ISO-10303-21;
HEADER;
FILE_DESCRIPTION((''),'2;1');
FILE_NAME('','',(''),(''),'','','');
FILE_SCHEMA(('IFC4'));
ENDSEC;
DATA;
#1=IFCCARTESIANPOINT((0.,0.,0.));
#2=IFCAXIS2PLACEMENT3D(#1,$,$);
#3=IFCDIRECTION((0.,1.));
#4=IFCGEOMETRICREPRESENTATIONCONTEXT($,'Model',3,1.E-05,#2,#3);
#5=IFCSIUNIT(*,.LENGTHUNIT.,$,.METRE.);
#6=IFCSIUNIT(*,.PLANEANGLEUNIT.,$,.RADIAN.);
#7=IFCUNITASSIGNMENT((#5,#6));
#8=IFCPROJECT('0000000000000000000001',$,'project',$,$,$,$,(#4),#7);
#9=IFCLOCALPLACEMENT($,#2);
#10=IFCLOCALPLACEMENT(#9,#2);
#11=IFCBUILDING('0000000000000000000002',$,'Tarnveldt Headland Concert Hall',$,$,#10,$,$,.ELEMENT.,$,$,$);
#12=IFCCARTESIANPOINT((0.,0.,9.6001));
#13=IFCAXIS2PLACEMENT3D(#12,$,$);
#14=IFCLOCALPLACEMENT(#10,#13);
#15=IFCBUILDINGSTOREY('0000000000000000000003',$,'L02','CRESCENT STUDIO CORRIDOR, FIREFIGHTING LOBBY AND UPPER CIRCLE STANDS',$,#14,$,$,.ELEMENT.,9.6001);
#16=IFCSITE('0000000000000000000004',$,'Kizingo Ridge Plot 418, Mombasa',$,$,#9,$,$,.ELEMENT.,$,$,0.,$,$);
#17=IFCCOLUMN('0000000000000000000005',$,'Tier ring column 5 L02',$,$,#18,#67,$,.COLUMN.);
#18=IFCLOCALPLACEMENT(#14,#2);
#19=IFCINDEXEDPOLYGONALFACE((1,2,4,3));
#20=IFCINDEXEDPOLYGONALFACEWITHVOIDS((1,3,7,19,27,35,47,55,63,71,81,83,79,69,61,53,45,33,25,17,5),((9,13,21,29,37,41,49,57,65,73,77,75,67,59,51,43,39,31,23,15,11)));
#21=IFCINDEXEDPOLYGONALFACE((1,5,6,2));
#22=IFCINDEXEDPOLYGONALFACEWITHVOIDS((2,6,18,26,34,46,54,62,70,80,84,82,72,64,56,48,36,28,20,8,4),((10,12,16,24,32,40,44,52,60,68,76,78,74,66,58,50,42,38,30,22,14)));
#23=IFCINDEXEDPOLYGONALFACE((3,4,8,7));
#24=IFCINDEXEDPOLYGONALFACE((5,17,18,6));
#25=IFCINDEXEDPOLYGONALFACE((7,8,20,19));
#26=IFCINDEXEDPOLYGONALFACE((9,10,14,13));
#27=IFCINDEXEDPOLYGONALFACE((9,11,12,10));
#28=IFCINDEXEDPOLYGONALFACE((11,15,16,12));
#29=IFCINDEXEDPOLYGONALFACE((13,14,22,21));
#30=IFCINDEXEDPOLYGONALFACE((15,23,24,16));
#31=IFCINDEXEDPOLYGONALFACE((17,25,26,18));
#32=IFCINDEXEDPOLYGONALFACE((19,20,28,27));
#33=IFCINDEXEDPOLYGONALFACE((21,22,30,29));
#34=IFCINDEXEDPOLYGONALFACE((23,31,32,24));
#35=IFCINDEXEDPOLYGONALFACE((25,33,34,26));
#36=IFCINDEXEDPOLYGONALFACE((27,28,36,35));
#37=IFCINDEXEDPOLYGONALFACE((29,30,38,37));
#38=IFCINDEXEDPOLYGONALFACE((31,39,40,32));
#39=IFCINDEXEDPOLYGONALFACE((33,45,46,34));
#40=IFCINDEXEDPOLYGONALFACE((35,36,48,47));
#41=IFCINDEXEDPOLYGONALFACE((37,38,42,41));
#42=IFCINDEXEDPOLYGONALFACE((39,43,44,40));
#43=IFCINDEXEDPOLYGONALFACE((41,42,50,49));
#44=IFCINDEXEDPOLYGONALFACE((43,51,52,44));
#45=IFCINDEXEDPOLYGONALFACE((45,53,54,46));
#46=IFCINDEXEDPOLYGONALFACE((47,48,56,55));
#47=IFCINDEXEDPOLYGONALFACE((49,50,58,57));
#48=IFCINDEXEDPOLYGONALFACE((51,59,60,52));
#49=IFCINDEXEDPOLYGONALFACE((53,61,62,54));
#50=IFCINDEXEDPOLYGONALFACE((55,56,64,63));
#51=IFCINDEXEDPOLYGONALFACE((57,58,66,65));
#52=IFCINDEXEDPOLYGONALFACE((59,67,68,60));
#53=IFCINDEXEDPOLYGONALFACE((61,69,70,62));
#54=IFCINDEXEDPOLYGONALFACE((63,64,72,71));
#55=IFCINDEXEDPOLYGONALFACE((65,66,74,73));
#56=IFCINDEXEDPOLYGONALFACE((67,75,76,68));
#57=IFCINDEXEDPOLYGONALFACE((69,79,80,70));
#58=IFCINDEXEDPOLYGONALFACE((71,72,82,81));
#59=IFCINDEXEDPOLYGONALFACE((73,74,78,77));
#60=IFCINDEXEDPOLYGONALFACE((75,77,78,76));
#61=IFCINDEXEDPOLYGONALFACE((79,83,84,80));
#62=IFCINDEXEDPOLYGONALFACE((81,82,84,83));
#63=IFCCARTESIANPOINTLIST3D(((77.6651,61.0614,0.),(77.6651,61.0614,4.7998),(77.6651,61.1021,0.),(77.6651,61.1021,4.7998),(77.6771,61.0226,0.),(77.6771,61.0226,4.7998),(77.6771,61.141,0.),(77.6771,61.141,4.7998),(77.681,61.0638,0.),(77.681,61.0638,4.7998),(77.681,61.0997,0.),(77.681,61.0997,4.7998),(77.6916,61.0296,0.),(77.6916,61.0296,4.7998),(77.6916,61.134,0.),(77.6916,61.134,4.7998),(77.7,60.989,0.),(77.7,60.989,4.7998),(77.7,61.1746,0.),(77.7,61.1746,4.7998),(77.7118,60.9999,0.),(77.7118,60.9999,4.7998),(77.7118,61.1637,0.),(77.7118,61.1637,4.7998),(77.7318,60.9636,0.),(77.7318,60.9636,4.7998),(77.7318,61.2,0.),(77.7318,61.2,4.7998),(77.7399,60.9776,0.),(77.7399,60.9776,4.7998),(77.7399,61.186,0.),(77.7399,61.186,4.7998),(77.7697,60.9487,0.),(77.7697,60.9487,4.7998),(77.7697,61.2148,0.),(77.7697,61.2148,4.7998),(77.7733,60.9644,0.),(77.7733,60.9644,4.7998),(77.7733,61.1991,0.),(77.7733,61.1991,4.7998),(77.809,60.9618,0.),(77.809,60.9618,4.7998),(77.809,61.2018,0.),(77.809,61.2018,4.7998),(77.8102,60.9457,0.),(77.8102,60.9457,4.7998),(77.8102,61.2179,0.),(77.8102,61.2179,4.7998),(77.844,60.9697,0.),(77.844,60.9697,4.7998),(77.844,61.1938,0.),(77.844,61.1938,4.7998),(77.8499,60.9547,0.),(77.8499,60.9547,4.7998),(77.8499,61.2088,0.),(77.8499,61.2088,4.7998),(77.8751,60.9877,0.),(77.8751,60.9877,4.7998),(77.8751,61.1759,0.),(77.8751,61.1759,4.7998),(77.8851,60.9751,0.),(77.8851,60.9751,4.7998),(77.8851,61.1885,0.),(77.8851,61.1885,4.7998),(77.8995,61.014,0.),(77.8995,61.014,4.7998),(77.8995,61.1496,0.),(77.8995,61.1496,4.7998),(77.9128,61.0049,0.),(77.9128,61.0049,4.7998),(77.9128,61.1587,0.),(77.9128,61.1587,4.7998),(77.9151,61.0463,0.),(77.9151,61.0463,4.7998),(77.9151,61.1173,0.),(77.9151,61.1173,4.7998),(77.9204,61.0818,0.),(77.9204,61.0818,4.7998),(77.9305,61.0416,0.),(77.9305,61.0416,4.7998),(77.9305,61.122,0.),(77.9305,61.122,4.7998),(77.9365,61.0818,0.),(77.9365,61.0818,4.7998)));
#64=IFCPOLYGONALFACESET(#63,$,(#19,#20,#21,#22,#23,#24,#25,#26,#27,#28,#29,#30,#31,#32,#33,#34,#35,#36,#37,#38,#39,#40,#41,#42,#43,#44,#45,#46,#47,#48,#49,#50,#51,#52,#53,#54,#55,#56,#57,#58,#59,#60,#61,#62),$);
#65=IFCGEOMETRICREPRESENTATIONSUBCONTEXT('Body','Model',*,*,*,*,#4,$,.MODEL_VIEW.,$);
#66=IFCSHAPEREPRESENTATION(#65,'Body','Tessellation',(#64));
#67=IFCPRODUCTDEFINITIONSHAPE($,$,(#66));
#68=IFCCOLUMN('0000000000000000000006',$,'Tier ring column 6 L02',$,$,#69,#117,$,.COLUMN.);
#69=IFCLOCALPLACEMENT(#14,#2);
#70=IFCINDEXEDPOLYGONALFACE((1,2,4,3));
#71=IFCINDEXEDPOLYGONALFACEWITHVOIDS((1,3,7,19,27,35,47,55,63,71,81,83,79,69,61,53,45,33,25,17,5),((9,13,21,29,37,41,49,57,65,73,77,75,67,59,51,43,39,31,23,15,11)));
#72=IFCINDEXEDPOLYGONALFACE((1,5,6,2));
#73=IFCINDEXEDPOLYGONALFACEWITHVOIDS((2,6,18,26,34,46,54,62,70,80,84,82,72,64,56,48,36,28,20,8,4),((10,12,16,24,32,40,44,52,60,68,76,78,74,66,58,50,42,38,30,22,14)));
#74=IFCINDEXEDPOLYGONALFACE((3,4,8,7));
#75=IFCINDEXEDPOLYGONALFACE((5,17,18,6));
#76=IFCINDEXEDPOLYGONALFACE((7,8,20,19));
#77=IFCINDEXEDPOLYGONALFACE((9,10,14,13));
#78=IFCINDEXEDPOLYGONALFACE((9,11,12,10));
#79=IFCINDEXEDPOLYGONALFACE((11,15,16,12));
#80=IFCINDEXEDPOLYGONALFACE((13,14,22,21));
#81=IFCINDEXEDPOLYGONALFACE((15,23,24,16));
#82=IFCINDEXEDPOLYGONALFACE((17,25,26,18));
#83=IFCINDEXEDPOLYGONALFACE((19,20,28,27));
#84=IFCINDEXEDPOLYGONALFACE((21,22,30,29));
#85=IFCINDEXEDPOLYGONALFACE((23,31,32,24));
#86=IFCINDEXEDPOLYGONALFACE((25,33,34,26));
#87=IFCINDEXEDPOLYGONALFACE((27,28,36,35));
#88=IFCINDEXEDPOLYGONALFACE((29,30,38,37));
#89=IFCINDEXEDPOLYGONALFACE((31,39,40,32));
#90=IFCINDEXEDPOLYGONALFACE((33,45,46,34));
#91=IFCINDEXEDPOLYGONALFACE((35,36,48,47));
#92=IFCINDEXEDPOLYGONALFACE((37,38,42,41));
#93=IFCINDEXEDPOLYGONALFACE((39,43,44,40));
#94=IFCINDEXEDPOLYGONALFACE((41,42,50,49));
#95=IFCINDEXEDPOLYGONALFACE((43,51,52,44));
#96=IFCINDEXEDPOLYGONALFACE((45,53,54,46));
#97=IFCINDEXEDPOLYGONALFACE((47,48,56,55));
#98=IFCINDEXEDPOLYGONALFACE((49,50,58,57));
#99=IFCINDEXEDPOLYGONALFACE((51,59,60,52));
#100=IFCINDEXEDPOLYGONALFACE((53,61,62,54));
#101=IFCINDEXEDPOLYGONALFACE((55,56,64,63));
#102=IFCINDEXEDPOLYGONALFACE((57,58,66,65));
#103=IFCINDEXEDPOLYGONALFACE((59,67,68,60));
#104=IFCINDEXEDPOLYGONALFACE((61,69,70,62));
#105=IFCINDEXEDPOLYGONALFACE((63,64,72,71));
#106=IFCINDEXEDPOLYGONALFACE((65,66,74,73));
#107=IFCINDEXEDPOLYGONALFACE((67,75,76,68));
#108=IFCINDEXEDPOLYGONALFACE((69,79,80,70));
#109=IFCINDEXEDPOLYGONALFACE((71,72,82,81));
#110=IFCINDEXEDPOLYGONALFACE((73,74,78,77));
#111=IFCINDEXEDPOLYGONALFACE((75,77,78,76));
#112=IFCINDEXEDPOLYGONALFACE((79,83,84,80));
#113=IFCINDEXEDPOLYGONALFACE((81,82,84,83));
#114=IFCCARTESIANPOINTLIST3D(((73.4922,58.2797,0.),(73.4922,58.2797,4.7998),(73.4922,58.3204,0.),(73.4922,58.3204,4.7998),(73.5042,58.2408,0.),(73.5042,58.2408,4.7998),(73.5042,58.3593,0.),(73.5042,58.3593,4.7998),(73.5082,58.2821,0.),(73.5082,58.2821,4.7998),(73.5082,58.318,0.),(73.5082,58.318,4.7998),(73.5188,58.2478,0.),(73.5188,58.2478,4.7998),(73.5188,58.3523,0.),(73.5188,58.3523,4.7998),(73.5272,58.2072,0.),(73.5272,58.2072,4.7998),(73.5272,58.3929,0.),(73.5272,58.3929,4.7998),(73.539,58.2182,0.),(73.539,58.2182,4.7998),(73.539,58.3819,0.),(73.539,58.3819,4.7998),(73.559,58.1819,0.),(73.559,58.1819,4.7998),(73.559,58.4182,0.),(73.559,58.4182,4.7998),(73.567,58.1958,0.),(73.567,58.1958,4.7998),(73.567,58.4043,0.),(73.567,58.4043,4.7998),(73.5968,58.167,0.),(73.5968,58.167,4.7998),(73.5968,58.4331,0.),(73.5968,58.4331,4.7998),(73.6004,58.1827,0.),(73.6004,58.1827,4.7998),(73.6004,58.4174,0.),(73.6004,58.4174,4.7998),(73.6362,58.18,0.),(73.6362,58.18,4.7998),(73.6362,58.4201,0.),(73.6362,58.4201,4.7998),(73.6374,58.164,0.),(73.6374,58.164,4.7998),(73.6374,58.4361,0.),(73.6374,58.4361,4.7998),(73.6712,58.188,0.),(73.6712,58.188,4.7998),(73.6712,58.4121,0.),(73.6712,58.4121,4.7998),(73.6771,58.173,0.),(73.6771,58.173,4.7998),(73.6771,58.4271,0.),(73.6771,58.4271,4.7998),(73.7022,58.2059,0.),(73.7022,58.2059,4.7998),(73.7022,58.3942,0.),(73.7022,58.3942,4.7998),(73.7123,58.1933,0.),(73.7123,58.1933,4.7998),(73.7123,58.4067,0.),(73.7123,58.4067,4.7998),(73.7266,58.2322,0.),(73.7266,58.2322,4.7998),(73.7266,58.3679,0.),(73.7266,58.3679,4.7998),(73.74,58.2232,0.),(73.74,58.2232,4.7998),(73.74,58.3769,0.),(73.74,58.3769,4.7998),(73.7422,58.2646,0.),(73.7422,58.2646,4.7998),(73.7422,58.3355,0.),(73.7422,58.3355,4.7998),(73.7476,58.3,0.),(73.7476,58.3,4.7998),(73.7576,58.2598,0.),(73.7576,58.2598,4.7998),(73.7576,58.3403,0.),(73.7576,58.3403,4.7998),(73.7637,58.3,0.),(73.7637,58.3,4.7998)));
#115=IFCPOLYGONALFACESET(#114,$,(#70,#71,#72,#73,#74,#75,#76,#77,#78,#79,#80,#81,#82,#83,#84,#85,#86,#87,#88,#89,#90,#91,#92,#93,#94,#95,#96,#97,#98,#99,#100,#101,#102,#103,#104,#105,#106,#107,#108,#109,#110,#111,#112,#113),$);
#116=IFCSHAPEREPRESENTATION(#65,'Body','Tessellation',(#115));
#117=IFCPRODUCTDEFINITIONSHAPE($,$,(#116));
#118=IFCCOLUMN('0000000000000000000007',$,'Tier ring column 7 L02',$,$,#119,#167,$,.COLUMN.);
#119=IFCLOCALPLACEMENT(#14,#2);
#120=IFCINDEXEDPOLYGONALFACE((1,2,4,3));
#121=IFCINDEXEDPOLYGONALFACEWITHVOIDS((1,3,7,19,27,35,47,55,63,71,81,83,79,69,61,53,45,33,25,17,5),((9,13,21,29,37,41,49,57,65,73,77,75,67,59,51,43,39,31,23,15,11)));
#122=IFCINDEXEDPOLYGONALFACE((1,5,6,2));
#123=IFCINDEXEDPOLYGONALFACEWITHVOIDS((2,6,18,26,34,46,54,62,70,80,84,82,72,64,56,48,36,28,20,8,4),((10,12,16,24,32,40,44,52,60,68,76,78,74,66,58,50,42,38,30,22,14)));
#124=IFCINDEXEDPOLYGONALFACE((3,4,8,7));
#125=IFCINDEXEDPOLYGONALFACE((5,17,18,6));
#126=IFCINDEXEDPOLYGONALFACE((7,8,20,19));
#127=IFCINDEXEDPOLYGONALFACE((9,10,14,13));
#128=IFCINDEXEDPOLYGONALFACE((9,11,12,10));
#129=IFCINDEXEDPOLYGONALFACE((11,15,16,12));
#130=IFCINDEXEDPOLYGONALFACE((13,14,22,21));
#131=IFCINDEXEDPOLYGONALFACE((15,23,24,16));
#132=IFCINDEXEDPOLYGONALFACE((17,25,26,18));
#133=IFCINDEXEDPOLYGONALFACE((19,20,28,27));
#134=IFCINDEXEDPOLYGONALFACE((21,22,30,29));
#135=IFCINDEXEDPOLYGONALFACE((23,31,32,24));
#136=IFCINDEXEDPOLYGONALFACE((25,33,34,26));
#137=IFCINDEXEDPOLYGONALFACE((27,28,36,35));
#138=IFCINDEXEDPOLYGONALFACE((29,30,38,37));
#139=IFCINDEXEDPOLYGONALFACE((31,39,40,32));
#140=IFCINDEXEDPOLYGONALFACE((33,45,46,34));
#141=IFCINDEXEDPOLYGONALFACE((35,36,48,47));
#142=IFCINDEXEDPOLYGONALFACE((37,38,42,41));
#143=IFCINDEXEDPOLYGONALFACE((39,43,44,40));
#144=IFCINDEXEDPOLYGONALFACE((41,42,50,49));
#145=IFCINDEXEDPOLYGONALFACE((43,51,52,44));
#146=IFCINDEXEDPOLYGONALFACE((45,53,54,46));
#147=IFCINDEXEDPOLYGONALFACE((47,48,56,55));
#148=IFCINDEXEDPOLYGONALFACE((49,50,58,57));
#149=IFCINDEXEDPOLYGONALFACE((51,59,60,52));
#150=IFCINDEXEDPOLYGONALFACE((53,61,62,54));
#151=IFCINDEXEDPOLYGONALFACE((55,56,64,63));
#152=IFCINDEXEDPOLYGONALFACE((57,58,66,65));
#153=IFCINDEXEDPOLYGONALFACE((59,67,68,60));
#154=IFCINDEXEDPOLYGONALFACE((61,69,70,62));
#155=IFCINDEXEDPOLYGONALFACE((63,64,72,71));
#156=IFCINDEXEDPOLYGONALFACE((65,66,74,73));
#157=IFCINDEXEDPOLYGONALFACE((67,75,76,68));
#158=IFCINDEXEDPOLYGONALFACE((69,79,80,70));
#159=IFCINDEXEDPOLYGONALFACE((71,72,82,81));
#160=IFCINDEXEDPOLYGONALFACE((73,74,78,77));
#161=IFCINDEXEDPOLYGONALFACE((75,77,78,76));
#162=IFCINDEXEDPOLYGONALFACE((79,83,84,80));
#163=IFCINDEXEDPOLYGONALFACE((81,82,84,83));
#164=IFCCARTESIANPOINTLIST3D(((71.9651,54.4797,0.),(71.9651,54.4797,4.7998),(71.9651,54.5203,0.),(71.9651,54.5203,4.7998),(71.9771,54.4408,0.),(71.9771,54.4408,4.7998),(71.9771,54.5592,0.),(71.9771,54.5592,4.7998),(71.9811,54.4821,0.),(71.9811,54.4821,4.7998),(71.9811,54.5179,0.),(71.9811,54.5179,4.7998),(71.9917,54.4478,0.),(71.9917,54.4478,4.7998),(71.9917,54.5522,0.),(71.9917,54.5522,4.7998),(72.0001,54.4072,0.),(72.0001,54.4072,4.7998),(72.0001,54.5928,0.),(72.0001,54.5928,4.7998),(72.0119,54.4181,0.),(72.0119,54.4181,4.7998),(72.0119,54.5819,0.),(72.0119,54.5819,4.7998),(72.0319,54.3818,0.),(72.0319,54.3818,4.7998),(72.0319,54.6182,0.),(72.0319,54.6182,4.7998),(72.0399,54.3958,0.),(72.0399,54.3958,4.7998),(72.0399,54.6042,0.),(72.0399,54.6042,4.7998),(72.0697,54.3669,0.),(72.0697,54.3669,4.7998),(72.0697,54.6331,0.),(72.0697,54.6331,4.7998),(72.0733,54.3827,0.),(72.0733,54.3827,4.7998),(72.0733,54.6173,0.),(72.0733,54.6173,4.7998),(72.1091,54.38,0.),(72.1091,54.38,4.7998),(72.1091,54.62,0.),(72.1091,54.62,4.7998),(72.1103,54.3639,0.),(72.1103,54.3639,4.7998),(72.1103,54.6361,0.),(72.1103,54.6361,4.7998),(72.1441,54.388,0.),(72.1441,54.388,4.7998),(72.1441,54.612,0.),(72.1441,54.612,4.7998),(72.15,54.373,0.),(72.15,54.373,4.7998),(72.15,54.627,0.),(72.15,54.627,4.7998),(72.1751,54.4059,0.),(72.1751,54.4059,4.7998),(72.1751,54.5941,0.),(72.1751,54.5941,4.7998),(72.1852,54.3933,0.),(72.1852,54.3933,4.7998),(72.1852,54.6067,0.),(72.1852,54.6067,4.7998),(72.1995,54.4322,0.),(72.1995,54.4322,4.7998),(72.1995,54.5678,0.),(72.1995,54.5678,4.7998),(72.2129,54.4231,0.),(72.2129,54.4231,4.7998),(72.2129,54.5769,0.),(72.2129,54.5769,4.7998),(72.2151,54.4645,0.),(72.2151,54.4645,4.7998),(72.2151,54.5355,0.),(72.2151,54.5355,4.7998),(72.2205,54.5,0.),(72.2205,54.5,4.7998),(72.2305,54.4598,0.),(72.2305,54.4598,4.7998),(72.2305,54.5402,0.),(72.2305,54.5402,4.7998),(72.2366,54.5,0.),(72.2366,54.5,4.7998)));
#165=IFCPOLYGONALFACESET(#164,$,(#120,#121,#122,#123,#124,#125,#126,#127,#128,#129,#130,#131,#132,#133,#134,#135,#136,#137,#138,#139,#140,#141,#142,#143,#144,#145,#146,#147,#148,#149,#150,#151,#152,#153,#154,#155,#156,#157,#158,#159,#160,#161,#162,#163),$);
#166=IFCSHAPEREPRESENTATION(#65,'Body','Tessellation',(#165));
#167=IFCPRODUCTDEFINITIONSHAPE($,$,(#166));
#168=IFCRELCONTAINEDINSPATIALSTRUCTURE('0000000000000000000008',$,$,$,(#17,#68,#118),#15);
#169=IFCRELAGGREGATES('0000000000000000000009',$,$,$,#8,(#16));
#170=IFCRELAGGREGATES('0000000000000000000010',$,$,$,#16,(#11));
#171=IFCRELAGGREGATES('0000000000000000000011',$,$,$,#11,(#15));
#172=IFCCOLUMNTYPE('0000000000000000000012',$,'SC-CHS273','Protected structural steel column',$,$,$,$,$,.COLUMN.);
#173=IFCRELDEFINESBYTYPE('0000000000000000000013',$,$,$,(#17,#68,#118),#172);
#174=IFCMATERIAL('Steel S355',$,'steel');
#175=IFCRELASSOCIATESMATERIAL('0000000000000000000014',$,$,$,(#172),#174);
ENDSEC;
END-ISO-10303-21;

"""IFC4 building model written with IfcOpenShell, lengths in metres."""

from ifc_helpers import new_model, si_unit, direction, frame, origin, origin_2d, place, context, subcontext, project, spatial, hollow_circle, extrude, material, material_profile, profile_set, type_object, element, save


model = new_model("IFC4")

# Units and contexts
model_context = context("Model", 3, precision=1e-05, world=origin(), true_north=direction((0.0, 1.0)))
body_context = subcontext(model_context, "Body", "Model", "MODEL_VIEW")
ifc_project = project(units=[si_unit("LENGTHUNIT", "METRE"), si_unit("PLANEANGLEUNIT", "RADIAN")], contexts=[model_context])

# Site, building, storey
site_placement = place(None, origin())
site = spatial("IfcSite", under=ifc_project, at=site_placement, Name="Kizingo Ridge Plot 418, Mombasa", CompositionType="ELEMENT", RefElevation=0.0)
building_placement = place(site_placement, origin())
building = spatial("IfcBuilding", under=site, at=building_placement, Name="Tarnveldt Headland Concert Hall", CompositionType="ELEMENT")
storey_placement = place(building_placement, frame((0.0, 0.0, 9.6001)))
storey = spatial("IfcBuildingStorey", under=building, at=storey_placement, Name="L02", Description="CRESCENT STUDIO CORRIDOR, FIREFIGHTING LOBBY AND UPPER CIRCLE STANDS", CompositionType="ELEMENT", Elevation=9.6001)

# Columns
ifc_material_1 = material(Name="Steel S355", Category="steel")
ifc_material_profile_1 = material_profile(ifc_material_1, hollow_circle(Radius=0.1365, WallThickness=0.0161, at=origin_2d()), Name="CHS 273x16", Category="steel")
ifc_profile_set_1 = profile_set([ifc_material_profile_1], Name="Steel S355")
column_type = type_object("IfcColumnType", Name="SC-CHS273", Description="Protected structural steel column", PredefinedType="COLUMN", material=ifc_profile_set_1)
for number, where, z_axis, x_axis, name in (
    (1, (77.8, 61.0818, 0.0), (0.0, 0.0, 1.0), (1.0, 0.0, 0.0), "Tier ring column 5 L02"),
    (2, (73.6272, 58.3, 0.0), (0.0, 0.0, 1.0), (1.0, 0.0, 0.0), "Tier ring column 6 L02"),
    (3, (72.1001, 54.5, 0.0), (0.0, 0.0, 1.0), (1.0, 0.0, 0.0), "Tier ring column 7 L02"),
):
    element("IfcColumn", number, at=place(storey_placement, frame(where, z_axis=z_axis, x_axis=x_axis)), inside=storey, type_object=column_type, Name=name, PredefinedType="COLUMN", context=body_context, shape_type="SweptSolid", body=[
        extrude(hollow_circle(Radius=0.1365, WallThickness=0.0161, at=origin_2d()), origin(), (0.0, 0.0, 1.0), 4.7998),
    ])

save(model, "model.ifc")
